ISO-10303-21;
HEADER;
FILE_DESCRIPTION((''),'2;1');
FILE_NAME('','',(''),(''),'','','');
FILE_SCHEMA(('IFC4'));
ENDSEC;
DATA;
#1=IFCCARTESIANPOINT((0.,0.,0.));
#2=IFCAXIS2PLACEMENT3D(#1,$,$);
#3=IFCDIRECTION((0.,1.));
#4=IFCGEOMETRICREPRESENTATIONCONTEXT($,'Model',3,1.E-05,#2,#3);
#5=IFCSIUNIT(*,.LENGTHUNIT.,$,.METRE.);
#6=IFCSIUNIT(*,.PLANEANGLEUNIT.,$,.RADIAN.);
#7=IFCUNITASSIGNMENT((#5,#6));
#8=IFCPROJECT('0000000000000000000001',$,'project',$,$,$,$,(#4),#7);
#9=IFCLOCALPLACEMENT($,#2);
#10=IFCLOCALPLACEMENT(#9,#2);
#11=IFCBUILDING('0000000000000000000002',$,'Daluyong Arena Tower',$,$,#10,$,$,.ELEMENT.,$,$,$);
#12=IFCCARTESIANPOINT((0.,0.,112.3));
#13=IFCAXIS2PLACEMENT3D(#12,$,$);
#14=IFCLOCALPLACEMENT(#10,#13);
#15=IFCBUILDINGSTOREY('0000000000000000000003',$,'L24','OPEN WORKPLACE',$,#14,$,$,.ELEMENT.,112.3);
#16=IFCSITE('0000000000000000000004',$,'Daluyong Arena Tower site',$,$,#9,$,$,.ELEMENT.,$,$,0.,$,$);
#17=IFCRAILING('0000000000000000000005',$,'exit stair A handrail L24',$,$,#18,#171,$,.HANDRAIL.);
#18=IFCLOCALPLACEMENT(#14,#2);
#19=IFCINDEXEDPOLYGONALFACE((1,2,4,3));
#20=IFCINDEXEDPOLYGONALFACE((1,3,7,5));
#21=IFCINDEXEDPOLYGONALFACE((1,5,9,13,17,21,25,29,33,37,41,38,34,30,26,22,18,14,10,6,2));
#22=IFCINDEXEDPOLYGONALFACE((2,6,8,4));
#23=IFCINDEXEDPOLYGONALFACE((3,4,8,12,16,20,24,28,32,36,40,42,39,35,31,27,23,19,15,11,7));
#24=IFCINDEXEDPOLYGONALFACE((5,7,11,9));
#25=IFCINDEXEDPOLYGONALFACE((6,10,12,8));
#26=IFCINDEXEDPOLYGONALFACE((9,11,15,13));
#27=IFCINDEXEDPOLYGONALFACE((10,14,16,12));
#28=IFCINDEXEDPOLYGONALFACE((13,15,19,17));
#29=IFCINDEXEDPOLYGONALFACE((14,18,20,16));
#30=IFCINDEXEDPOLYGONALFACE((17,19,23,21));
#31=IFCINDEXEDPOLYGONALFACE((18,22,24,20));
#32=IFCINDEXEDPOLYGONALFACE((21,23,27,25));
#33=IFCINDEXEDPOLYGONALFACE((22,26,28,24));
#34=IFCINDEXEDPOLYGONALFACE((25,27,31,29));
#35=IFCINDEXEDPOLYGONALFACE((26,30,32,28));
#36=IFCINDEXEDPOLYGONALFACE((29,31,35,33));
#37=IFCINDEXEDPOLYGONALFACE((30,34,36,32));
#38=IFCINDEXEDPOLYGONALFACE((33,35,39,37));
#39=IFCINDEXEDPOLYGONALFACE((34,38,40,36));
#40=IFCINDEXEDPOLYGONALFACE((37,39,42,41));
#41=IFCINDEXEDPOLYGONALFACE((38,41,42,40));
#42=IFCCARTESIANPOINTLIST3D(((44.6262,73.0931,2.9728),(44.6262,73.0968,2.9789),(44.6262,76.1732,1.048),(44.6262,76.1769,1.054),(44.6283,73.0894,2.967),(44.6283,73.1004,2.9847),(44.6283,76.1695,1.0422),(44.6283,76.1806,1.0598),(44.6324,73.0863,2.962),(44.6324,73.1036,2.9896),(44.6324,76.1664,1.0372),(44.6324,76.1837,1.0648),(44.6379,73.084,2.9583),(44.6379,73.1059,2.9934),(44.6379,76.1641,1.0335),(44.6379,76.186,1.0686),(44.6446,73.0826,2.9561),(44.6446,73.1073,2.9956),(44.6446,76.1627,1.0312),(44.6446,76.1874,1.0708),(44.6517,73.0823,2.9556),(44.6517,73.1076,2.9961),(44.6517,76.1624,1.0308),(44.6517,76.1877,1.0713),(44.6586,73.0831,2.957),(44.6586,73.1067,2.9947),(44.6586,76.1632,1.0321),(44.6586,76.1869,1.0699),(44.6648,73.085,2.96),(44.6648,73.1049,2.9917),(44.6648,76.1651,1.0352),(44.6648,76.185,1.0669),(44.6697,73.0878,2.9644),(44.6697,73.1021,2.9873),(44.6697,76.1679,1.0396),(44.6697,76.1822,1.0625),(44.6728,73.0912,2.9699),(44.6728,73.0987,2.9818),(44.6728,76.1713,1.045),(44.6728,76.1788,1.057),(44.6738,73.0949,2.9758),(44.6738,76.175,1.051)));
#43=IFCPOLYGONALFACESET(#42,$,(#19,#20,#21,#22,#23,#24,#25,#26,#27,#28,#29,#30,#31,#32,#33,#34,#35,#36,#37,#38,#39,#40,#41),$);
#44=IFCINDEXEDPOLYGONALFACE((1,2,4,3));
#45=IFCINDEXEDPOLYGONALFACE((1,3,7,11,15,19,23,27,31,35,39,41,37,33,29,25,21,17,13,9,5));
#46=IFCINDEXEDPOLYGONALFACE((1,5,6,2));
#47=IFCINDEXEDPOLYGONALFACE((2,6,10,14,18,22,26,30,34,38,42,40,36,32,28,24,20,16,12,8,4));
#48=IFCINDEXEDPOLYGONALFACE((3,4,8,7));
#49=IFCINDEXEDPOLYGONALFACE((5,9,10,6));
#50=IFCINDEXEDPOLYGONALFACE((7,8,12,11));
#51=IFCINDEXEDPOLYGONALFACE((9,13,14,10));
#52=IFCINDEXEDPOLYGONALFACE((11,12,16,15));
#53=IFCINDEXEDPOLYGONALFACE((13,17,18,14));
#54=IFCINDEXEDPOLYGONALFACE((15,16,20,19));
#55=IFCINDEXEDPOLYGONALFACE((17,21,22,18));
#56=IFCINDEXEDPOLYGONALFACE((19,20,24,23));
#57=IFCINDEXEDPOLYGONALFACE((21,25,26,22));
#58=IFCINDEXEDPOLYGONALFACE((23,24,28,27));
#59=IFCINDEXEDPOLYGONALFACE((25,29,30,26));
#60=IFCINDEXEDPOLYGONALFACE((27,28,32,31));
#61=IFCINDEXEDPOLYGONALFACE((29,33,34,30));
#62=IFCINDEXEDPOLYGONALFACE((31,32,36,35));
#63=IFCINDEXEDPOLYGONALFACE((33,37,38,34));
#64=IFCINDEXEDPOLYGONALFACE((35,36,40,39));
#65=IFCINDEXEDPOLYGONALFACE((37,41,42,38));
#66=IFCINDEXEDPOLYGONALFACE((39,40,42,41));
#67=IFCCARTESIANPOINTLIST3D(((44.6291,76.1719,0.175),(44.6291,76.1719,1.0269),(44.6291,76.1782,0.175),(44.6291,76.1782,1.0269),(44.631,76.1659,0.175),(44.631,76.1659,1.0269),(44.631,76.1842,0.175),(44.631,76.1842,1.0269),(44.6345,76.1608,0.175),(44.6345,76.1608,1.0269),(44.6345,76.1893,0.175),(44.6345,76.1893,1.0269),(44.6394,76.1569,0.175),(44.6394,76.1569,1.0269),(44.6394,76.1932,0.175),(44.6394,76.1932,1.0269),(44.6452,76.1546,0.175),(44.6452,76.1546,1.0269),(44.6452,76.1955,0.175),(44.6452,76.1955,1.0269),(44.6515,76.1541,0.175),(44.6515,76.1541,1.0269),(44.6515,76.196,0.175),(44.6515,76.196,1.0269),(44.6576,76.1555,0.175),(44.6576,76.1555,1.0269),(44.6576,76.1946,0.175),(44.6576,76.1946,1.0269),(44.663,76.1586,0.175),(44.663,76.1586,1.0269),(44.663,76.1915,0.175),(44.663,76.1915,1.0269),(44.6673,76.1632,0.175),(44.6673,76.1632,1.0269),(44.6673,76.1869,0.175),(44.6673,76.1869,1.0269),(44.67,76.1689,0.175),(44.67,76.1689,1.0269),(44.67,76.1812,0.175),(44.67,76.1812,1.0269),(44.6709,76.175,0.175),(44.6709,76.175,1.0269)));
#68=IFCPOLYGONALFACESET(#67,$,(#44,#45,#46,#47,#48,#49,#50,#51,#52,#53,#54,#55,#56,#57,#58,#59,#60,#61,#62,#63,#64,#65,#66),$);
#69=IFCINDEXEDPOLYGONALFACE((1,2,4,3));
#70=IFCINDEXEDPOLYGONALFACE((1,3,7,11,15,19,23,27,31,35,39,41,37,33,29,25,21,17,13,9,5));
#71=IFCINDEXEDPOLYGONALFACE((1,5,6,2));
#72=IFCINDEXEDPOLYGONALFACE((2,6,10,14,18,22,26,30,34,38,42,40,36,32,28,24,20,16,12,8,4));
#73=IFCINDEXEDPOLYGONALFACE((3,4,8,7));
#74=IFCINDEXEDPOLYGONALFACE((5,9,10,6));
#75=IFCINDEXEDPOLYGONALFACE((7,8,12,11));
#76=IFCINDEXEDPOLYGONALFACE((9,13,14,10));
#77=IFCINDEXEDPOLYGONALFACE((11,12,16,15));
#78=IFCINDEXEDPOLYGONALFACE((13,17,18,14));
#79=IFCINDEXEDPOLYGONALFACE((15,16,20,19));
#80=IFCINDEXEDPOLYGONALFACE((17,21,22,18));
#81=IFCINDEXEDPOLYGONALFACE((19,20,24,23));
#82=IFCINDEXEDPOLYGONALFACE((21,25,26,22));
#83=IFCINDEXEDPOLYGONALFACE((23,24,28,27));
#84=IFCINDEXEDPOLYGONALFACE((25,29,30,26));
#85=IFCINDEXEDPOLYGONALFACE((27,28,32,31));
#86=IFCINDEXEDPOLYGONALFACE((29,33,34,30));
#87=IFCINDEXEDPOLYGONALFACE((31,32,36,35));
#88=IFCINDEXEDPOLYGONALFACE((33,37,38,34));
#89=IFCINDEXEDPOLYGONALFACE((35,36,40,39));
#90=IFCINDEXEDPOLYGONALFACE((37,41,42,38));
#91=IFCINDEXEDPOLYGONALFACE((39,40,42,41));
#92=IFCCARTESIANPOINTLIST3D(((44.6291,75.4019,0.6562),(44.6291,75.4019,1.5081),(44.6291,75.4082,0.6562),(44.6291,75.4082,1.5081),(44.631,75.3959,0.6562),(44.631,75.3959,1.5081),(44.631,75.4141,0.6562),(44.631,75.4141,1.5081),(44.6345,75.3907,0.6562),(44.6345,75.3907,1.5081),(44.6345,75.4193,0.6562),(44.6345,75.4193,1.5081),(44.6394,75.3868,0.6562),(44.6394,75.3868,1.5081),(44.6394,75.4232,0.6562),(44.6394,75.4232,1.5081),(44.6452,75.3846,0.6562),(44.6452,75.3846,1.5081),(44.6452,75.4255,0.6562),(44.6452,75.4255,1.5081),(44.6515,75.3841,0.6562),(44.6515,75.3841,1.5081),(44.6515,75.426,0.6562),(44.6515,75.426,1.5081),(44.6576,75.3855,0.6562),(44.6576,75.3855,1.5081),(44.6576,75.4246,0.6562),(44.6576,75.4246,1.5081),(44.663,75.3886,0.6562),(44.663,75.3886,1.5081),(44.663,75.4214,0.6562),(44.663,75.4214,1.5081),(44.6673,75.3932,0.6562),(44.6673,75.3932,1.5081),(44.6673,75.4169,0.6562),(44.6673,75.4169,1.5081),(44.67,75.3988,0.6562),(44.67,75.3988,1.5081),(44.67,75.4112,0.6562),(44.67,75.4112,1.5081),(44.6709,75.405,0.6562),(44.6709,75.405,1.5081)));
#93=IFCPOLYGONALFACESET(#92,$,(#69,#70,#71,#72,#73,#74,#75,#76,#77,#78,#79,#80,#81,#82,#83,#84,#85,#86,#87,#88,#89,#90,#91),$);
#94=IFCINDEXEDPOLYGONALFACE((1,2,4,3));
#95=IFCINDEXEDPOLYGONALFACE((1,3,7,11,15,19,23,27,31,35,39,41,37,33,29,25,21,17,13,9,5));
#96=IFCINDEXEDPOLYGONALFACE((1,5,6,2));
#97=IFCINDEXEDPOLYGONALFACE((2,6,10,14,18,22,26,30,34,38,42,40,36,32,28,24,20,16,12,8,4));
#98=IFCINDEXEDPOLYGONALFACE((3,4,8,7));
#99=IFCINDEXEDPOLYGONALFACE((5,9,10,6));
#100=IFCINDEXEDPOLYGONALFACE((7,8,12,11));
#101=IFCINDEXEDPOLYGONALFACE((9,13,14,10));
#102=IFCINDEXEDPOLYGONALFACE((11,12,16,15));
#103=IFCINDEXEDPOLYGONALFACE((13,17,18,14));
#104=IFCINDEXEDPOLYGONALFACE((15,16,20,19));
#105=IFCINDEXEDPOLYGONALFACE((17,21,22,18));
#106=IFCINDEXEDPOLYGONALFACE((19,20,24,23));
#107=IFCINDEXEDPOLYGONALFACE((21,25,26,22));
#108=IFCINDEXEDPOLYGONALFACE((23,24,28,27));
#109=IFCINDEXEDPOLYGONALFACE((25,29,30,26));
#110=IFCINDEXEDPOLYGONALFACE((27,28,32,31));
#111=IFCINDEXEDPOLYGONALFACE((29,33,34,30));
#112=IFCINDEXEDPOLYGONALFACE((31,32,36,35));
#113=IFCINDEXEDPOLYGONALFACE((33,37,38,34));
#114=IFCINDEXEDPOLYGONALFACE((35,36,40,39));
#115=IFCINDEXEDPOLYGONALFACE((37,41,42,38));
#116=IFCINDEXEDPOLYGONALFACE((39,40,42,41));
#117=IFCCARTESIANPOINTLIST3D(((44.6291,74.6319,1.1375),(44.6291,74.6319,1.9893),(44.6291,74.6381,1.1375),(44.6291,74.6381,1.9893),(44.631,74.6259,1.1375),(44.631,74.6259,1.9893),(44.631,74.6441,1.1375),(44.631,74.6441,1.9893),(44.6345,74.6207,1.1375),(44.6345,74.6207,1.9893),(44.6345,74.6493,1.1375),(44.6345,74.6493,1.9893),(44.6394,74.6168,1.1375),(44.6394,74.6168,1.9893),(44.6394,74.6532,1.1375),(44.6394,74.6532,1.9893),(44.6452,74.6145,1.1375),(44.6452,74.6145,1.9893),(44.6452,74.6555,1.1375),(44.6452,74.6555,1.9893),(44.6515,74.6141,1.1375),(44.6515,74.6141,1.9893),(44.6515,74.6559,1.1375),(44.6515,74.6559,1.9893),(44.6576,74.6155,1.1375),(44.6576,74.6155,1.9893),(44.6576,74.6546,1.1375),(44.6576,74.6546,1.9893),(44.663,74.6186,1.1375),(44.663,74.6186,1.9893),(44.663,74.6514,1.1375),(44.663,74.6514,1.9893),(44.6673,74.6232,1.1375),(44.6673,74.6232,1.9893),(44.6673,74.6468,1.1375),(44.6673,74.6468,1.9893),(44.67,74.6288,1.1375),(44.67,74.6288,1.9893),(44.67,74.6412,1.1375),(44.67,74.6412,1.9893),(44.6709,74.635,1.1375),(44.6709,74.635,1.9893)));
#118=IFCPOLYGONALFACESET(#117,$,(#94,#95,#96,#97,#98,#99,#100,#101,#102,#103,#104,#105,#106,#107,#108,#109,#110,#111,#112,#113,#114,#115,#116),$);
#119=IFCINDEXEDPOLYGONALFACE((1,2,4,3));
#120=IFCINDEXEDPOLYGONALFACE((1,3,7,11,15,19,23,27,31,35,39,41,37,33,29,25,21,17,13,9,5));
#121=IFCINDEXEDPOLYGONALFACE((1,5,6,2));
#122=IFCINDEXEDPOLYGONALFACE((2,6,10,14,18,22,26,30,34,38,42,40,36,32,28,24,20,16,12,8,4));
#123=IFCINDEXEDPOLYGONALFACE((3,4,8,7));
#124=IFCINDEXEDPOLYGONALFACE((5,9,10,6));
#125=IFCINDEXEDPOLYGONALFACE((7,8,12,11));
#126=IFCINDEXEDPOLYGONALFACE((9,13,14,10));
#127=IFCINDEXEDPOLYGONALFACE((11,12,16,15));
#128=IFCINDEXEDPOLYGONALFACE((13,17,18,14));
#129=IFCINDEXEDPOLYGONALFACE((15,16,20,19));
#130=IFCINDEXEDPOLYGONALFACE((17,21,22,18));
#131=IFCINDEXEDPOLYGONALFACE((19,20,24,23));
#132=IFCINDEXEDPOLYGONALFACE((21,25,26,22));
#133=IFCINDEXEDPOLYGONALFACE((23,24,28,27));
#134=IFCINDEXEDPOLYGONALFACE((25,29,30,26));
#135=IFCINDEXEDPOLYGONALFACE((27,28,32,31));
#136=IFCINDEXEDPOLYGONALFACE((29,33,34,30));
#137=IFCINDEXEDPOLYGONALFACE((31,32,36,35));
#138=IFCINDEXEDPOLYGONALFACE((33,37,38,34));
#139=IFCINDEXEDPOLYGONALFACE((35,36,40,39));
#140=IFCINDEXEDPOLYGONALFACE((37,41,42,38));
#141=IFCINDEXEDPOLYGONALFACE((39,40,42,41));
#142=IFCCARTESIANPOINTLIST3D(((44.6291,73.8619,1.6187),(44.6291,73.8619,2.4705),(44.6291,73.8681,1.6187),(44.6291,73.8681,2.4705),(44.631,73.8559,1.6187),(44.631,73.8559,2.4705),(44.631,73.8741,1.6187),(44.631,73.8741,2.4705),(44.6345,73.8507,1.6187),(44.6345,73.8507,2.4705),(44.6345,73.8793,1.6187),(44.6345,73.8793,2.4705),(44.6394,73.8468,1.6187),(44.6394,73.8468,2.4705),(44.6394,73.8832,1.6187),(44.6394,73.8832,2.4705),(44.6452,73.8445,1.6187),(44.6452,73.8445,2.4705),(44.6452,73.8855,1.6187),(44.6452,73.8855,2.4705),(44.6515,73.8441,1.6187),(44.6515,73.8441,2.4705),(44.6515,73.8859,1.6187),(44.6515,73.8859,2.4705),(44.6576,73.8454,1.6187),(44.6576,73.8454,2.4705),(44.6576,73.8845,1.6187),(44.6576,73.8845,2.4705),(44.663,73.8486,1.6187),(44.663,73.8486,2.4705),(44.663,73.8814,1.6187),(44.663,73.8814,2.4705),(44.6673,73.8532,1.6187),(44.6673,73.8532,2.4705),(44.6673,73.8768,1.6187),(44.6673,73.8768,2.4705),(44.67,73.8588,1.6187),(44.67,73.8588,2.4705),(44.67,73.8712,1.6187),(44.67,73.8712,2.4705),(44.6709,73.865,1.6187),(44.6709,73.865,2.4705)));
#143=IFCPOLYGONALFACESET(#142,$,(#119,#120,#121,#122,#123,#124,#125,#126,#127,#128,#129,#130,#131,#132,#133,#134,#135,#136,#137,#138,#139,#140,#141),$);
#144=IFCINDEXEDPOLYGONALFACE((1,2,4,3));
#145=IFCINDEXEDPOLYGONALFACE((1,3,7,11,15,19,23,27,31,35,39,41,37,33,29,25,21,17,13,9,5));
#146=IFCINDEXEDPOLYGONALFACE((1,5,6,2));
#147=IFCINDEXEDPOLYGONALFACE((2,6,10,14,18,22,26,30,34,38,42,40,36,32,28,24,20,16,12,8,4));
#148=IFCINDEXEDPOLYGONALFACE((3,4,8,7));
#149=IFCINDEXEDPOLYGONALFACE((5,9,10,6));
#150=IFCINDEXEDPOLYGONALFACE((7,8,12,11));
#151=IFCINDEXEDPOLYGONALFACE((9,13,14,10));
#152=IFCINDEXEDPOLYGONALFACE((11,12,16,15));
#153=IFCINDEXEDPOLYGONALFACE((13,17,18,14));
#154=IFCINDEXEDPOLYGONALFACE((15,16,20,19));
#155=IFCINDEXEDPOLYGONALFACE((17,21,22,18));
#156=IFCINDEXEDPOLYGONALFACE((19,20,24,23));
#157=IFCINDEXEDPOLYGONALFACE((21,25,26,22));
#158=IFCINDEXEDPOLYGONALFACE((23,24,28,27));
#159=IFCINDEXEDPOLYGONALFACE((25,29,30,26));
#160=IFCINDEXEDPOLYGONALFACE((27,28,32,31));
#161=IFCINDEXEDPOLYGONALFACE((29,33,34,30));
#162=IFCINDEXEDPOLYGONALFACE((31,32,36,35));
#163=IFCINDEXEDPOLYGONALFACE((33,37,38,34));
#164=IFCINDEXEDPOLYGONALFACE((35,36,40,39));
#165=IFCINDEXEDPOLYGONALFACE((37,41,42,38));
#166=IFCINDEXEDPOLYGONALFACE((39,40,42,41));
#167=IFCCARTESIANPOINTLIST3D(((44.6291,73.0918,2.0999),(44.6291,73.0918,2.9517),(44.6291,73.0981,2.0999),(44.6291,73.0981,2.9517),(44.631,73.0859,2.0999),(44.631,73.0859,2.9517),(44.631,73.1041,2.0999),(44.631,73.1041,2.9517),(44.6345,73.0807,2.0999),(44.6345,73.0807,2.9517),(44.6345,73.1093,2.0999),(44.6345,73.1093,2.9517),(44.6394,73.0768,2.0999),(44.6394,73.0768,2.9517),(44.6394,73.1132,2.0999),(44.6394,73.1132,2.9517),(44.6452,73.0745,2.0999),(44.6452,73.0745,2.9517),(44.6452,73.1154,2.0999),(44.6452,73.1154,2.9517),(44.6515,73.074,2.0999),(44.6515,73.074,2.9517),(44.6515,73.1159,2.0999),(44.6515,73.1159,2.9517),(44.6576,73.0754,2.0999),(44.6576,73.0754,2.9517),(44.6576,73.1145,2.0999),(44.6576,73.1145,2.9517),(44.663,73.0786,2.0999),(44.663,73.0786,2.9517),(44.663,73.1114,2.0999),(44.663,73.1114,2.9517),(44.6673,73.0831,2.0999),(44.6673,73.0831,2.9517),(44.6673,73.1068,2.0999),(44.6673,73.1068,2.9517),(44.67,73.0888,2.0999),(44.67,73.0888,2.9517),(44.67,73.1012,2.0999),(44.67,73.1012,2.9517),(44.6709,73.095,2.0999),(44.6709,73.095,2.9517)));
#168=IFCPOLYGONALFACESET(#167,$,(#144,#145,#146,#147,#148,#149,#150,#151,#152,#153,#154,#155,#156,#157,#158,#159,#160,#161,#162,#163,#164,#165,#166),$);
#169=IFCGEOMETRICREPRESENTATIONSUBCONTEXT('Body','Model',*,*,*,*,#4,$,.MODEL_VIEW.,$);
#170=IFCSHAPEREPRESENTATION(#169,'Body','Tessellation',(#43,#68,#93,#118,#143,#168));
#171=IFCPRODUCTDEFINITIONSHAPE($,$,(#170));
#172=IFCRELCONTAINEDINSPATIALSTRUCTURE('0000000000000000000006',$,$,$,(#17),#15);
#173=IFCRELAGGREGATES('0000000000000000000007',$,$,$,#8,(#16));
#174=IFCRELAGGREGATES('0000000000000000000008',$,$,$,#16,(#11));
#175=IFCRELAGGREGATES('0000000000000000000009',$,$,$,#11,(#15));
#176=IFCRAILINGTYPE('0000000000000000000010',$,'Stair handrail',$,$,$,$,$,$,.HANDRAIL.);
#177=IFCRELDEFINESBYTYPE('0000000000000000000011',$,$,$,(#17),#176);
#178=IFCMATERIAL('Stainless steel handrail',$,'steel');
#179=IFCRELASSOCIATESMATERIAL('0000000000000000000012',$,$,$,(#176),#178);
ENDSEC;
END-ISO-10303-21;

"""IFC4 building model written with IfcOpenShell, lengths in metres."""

from ifc_helpers import new_model, si_unit, direction, frame, origin, origin_2d, place, context, subcontext, project, spatial, circle, extrude, material, type_object, element, save


model = new_model("IFC4")

# Units and contexts
model_context = context("Model", 3, precision=1e-05, world=origin(), true_north=direction((0.0, 1.0)))
body_context = subcontext(model_context, "Body", "Model", "MODEL_VIEW")
ifc_project = project(units=[si_unit("LENGTHUNIT", "METRE"), si_unit("PLANEANGLEUNIT", "RADIAN")], contexts=[model_context])

# Site, building, storey
site_placement = place(None, origin())
site = spatial("IfcSite", under=ifc_project, at=site_placement, Name="Daluyong Arena Tower site", CompositionType="ELEMENT", RefElevation=0.0)
building_placement = place(site_placement, origin())
building = spatial("IfcBuilding", under=site, at=building_placement, Name="Daluyong Arena Tower", CompositionType="ELEMENT")
storey_placement = place(building_placement, frame((0.0, 0.0, 112.3)))
storey = spatial("IfcBuildingStorey", under=building, at=storey_placement, Name="L24", Description="OPEN WORKPLACE", CompositionType="ELEMENT", Elevation=112.3)

# Railing
ifc_material_1 = material(Name="Stainless steel handrail", Category="steel")
railing_type_1 = type_object("IfcRailingType", Name="Stair handrail", PredefinedType="HANDRAIL", material=ifc_material_1)
railing_1_placement = place(storey_placement, frame((44.6499, 76.175, 0.175)))
element("IfcRailing", 1, at=railing_1_placement, inside=storey, type_object=railing_type_1, Name="exit stair A handrail L24", PredefinedType="HANDRAIL", context=body_context, shape_type="SweptSolid", body=[
    extrude(circle(Radius=0.0239, at=origin_2d()), frame((0.0, 0.0, 0.876), z_axis=(0.0, -0.848029, 0.529951), x_axis=(1.0, 0.0, 0.0)), (0.0, 0.0, 1.0), 3.6321),
    extrude(circle(Radius=0.021, at=origin_2d()), origin(), (0.0, 0.0, 1.0), 0.8518),
    extrude(circle(Radius=0.021, at=origin_2d()), frame((0.0, -0.77, 0.4812)), (0.0, 0.0, 1.0), 0.8518),
    extrude(circle(Radius=0.021, at=origin_2d()), frame((0.0, -1.54, 0.9624)), (0.0, 0.0, 1.0), 0.8518),
    extrude(circle(Radius=0.021, at=origin_2d()), frame((0.0, -2.3101, 1.4436)), (0.0, 0.0, 1.0), 0.8518),
    extrude(circle(Radius=0.021, at=origin_2d()), frame((0.0, -3.0801, 1.9248)), (0.0, 0.0, 1.0), 0.8518),
])

save(model, "model.ifc")
